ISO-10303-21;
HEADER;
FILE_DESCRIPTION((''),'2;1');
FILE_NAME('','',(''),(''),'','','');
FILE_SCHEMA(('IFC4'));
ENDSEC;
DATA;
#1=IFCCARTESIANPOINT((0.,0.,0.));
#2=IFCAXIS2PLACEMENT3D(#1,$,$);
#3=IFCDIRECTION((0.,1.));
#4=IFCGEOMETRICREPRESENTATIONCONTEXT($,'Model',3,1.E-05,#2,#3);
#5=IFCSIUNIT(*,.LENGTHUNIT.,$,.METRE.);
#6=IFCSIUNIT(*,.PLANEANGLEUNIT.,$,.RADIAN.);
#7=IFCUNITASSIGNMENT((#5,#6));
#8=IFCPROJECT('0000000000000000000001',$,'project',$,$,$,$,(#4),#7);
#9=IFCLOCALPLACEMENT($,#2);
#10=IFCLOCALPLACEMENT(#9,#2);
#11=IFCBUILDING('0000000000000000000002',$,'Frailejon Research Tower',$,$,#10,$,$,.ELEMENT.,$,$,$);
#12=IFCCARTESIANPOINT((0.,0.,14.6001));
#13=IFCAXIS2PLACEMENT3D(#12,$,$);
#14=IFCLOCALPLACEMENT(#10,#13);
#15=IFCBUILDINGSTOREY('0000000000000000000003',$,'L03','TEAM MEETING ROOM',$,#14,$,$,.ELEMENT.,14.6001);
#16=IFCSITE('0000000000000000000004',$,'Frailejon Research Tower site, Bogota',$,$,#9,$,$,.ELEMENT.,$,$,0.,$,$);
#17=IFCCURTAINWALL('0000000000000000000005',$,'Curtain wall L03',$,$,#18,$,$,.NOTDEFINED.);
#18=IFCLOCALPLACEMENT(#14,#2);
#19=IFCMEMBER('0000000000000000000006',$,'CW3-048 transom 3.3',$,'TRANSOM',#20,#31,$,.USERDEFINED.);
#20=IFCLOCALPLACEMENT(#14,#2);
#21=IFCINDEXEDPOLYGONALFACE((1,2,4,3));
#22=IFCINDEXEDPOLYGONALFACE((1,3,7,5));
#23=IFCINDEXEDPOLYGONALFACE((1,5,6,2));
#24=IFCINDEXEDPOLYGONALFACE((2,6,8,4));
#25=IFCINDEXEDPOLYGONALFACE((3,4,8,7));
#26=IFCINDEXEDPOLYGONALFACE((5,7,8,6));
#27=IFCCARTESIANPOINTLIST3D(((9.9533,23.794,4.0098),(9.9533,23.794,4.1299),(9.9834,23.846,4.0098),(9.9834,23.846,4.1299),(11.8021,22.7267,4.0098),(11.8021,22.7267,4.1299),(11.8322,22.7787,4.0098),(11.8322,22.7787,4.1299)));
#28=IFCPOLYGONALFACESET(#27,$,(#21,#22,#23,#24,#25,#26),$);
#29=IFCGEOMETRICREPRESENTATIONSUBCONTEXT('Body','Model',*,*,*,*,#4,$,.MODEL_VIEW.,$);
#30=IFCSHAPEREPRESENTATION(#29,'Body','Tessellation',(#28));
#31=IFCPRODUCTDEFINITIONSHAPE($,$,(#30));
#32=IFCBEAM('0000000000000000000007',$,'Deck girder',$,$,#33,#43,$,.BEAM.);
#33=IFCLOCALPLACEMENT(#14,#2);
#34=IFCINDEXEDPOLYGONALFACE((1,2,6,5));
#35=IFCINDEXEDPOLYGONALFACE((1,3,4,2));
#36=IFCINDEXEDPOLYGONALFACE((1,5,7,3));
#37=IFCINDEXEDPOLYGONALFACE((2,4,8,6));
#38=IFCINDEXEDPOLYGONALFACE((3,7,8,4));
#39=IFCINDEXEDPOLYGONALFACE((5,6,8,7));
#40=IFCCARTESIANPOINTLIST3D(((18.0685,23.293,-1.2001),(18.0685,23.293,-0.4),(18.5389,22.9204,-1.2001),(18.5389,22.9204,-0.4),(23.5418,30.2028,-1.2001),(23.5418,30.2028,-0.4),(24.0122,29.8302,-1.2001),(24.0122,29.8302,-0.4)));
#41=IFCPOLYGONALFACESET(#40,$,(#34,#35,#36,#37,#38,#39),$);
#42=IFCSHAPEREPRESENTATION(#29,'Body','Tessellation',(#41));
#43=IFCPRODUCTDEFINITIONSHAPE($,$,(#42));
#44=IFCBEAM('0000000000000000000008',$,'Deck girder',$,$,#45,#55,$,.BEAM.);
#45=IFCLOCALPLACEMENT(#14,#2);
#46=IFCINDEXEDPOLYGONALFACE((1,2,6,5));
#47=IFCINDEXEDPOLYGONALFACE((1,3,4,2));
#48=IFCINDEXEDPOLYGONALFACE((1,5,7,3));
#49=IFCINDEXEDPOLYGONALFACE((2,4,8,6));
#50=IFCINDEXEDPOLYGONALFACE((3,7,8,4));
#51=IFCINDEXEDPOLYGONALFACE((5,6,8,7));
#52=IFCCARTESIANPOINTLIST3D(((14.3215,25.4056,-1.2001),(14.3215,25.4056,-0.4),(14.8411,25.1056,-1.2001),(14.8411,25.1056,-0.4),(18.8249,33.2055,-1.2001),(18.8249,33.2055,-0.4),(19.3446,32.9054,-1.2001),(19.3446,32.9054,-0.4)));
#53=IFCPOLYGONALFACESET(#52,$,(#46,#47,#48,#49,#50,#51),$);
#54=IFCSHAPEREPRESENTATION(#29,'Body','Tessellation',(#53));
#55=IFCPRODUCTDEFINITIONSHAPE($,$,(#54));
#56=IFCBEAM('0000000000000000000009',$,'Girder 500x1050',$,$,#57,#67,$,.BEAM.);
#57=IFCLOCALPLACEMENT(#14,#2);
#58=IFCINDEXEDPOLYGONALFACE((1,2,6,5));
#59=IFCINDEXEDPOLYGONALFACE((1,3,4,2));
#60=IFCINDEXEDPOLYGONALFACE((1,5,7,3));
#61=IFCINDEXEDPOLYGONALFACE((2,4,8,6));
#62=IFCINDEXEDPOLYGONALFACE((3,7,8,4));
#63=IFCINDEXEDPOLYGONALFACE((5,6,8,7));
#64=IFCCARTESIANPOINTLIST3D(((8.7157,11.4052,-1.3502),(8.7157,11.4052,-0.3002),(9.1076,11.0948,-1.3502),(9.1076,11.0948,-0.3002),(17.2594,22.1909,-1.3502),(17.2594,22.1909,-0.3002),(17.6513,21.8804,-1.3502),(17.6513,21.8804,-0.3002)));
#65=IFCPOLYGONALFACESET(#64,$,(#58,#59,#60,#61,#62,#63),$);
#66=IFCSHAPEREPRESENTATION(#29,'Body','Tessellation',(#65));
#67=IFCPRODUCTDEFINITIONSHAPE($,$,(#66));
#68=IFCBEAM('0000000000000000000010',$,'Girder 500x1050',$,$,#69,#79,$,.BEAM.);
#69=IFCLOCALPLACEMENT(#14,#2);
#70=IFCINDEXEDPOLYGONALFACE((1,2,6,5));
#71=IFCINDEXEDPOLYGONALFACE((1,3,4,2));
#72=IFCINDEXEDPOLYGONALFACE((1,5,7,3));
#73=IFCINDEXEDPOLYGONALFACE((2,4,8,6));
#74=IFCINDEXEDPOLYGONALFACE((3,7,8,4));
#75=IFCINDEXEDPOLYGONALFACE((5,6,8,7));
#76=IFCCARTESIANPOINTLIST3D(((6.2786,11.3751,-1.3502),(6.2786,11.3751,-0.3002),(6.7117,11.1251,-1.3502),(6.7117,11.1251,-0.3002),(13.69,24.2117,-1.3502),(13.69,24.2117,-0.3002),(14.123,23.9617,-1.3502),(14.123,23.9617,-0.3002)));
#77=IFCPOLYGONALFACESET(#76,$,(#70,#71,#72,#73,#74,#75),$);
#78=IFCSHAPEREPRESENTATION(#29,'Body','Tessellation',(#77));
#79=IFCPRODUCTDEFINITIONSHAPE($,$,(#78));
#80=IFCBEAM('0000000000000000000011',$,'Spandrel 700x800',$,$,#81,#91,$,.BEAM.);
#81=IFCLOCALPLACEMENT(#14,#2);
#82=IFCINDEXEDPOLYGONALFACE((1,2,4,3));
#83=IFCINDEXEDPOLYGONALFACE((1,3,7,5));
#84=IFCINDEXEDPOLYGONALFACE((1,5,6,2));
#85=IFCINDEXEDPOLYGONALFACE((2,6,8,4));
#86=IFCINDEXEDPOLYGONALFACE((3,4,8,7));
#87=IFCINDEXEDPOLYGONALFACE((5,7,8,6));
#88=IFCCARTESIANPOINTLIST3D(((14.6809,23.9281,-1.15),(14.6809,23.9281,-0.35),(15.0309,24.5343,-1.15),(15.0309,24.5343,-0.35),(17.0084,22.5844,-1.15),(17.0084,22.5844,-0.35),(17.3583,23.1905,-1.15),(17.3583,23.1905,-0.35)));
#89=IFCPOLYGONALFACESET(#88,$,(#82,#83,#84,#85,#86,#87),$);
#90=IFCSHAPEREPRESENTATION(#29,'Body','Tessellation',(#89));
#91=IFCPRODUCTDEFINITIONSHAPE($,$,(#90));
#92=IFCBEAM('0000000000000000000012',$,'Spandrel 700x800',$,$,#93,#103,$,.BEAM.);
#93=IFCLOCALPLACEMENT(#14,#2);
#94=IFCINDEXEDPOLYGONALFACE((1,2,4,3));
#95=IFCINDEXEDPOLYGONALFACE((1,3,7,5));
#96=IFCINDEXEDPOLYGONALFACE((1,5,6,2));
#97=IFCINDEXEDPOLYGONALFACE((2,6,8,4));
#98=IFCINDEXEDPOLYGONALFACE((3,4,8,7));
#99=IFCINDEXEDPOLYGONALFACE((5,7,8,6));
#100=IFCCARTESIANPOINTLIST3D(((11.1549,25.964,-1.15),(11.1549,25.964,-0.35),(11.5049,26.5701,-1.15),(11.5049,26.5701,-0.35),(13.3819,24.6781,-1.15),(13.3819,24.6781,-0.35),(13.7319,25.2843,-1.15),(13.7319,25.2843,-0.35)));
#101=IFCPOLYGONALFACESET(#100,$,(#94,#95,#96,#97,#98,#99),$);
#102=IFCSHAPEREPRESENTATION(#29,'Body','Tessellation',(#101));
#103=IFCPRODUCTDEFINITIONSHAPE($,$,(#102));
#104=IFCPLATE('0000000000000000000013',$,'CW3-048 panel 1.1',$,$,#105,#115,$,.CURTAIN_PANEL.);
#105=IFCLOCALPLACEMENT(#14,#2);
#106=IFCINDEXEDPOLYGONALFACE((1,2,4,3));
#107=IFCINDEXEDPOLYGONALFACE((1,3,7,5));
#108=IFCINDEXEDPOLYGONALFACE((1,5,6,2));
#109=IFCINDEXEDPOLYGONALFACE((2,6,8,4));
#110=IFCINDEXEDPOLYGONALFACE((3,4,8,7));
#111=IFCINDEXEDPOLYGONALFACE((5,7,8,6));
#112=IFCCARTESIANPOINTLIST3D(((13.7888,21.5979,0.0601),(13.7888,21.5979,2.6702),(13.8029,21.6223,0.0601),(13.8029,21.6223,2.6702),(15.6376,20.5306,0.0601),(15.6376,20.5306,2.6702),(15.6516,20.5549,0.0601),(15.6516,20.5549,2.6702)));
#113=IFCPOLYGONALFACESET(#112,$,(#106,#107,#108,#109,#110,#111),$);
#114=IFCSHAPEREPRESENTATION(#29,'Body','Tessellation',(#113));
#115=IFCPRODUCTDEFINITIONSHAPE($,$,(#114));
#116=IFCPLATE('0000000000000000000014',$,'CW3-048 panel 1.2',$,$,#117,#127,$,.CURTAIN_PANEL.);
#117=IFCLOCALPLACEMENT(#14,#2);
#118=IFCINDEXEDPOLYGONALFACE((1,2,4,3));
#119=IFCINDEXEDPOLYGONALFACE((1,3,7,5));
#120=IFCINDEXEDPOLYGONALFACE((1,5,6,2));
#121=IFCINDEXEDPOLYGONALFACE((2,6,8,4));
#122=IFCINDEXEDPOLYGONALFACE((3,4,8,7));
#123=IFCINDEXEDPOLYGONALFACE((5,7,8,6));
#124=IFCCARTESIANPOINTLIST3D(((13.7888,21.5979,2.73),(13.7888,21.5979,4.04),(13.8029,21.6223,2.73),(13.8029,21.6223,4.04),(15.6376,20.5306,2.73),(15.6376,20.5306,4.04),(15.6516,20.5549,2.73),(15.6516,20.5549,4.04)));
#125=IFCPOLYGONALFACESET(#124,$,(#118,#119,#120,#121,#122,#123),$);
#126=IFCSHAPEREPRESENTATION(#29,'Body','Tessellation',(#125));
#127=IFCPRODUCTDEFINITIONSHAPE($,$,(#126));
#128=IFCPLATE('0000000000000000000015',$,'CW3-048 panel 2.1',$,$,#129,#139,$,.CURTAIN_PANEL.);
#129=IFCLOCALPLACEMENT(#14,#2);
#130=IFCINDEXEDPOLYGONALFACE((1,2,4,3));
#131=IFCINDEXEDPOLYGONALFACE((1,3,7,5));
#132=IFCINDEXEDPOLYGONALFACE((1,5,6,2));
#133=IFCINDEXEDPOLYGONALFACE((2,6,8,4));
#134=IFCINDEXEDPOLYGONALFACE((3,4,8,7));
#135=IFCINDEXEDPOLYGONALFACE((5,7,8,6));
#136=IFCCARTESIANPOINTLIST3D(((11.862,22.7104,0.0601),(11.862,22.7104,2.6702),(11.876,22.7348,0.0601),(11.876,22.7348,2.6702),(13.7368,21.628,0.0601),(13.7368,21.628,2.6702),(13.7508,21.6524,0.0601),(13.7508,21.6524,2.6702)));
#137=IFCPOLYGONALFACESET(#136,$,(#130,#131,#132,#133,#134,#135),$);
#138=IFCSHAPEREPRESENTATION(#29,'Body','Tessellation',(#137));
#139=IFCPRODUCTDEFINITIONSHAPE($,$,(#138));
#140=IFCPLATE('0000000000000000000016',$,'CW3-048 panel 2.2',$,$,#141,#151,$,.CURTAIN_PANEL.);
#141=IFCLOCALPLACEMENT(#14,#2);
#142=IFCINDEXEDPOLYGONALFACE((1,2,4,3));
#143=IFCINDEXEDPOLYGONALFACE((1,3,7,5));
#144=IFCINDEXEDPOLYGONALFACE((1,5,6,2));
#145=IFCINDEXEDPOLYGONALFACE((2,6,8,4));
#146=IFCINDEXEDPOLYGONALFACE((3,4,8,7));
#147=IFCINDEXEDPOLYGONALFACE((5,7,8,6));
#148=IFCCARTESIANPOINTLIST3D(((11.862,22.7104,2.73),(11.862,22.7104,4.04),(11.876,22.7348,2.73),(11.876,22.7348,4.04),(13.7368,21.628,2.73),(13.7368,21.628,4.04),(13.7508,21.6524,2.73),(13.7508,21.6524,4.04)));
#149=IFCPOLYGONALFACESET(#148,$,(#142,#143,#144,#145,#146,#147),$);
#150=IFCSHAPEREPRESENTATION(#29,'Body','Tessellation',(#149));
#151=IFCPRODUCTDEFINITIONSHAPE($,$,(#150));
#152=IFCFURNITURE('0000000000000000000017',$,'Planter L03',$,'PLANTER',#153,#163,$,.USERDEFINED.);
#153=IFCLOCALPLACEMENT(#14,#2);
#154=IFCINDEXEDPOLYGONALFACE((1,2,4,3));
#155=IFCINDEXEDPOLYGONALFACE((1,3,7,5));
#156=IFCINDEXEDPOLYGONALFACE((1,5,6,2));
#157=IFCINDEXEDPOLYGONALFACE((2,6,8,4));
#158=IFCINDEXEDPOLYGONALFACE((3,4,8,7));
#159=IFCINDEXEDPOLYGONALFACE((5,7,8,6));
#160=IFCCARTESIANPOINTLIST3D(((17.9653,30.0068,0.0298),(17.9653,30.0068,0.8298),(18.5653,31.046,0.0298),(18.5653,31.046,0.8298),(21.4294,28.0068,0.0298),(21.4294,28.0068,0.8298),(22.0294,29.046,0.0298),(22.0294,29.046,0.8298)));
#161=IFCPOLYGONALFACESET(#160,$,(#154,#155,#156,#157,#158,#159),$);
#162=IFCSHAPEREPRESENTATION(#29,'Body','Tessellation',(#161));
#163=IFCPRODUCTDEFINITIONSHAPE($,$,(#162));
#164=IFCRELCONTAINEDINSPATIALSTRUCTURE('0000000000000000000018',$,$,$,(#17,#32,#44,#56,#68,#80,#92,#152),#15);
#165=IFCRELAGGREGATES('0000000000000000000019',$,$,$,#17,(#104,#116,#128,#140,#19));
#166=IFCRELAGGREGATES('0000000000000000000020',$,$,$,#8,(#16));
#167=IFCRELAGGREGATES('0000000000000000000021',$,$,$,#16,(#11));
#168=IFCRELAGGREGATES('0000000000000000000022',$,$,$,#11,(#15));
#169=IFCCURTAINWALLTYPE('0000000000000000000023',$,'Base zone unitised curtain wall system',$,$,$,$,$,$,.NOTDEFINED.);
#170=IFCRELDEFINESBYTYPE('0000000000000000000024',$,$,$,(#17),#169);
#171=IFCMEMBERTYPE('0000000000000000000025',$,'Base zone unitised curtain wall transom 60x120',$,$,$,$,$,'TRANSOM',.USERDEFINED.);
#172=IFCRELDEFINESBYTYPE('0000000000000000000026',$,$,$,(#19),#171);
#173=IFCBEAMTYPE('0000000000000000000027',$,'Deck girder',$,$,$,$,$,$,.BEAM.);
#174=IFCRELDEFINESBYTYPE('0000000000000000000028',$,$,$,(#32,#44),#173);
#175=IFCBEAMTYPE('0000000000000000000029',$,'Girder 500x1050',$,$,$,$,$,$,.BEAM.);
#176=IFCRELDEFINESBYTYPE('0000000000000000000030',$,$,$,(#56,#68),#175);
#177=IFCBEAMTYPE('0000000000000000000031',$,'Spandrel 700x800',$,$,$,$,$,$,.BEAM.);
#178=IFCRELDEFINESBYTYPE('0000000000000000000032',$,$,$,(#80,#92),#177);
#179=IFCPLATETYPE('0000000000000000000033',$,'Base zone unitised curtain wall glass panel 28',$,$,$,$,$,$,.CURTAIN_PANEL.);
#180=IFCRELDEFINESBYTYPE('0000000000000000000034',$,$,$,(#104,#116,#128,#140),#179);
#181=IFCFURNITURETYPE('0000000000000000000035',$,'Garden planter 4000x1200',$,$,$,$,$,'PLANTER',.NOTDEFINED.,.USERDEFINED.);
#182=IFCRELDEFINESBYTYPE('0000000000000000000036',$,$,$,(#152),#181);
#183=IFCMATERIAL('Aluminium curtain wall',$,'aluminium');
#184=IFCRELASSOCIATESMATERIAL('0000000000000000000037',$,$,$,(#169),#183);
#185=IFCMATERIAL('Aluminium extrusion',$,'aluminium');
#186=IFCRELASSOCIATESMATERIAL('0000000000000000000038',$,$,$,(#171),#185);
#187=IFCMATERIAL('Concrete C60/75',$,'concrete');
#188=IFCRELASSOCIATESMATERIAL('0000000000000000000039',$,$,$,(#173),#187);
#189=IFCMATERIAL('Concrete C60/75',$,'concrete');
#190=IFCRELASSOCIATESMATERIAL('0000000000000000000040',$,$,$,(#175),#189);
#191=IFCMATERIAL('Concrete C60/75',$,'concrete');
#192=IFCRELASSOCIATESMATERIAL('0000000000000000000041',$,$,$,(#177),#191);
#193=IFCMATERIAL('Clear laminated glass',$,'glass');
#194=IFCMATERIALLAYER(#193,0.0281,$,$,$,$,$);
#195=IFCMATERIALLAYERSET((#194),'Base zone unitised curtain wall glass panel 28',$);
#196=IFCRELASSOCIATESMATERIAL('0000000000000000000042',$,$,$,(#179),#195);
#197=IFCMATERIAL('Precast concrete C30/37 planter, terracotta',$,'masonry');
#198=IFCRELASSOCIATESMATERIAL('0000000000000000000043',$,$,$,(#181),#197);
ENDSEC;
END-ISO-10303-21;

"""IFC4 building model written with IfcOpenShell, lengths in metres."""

from ifc_helpers import new_model, si_unit, direction, frame, origin, origin_2d, place, context, subcontext, project, spatial, rectangle, extrude, material, layer, layer_set, material_profile, profile_set, type_object, element, aggregate, save


model = new_model("IFC4")

# Units and contexts
model_context = context("Model", 3, precision=1e-05, world=origin(), true_north=direction((0.0, 1.0)))
body_context = subcontext(model_context, "Body", "Model", "MODEL_VIEW")
ifc_project = project(units=[si_unit("LENGTHUNIT", "METRE"), si_unit("PLANEANGLEUNIT", "RADIAN")], contexts=[model_context])

# Site, building, storey
site_placement = place(None, origin())
site = spatial("IfcSite", under=ifc_project, at=site_placement, Name="Frailejon Research Tower site, Bogota", CompositionType="ELEMENT", RefElevation=0.0)
building_placement = place(site_placement, origin())
building = spatial("IfcBuilding", under=site, at=building_placement, Name="Frailejon Research Tower", CompositionType="ELEMENT")
storey_placement = place(building_placement, frame((0.0, 0.0, 14.6001)))
storey = spatial("IfcBuildingStorey", under=building, at=storey_placement, Name="L03", Description="TEAM MEETING ROOM", CompositionType="ELEMENT", Elevation=14.6001)

# Curtain wall, member
ifc_material_1 = material(Name="Aluminium curtain wall", Category="aluminium")
curtain_wall_type = type_object("IfcCurtainWallType", Name="Base zone unitised curtain wall system", PredefinedType="NOTDEFINED", material=ifc_material_1)
curtain_wall_placement = place(storey_placement, origin())
curtain_wall = element("IfcCurtainWall", 1, at=curtain_wall_placement, inside=storey, type_object=curtain_wall_type, Name="Curtain wall L03", PredefinedType="NOTDEFINED")
ifc_material_2 = material(Name="Aluminium extrusion", Category="aluminium")
ifc_material_profile_1 = material_profile(ifc_material_2, rectangle(XDim=0.0601, YDim=0.1201, at=origin_2d()), Name="Base zone unitised curtain wall transom 60x120")
ifc_profile_set_1 = profile_set([ifc_material_profile_1], Name="Aluminium extrusion")
member_type_1 = type_object("IfcMemberType", Name="Base zone unitised curtain wall transom 60x120", ElementType="TRANSOM", PredefinedType="USERDEFINED", material=ifc_profile_set_1)
member_1_placement = place(storey_placement, frame((11.8171, 22.7527, 4.0698), z_axis=(-0.866039, 0.499977, 0.0), x_axis=(-0.499977, -0.866039, 0.0)))
member_1 = element("IfcMember", 2, at=member_1_placement, type_object=member_type_1, Name="CW3-048 transom 3.3", ObjectType="TRANSOM", PredefinedType="USERDEFINED", context=body_context, shape_type="SweptSolid", body=[
    extrude(rectangle(XDim=0.0601, YDim=0.1201, at=origin_2d()), origin(), (0.0, 0.0, 1.0), 2.1348),
])

# Beams
ifc_material_3 = material(Name="Concrete C60/75", Category="concrete")
ifc_material_profile_2 = material_profile(ifc_material_3, rectangle(XDim=0.6001, YDim=0.8, at=origin_2d()), Name="Deck girder")
ifc_profile_set_2 = profile_set([ifc_material_profile_2], Name="Concrete C60/75")
beam_type_1 = type_object("IfcBeamType", Name="Deck girder", PredefinedType="BEAM", material=ifc_profile_set_2)
beam_1_placement = place(storey_placement, frame((18.3037, 23.1067, -0.8), z_axis=(0.620915, 0.783878, 0.0), x_axis=(-0.783878, 0.620915, 0.0)))
element("IfcBeam", 3, at=beam_1_placement, inside=storey, type_object=beam_type_1, Name="Deck girder", PredefinedType="BEAM", context=body_context, shape_type="SweptSolid", body=[
    extrude(rectangle(XDim=0.6001, YDim=0.8, at=origin_2d()), origin(), (0.0, 0.0, 1.0), 8.8149),
])
beam_2_placement = place(storey_placement, frame((14.5813, 25.2556, -0.8), z_axis=(0.500017, 0.866016, 0.0), x_axis=(-0.866016, 0.500017, 0.0)))
element("IfcBeam", 4, at=beam_2_placement, inside=storey, type_object=beam_type_1, Name="Deck girder", PredefinedType="BEAM", context=body_context, shape_type="SweptSolid", body=[
    extrude(rectangle(XDim=0.6001, YDim=0.8, at=origin_2d()), origin(), (0.0, 0.0, 1.0), 9.0066),
])
ifc_material_4 = material(Name="Concrete C60/75", Category="concrete")
ifc_material_profile_3 = material_profile(ifc_material_4, rectangle(XDim=0.5, YDim=1.05, at=origin_2d()), Name="Girder 500x1050")
ifc_profile_set_3 = profile_set([ifc_material_profile_3], Name="Concrete C60/75")
beam_type_2 = type_object("IfcBeamType", Name="Girder 500x1050", PredefinedType="BEAM", material=ifc_profile_set_3)
beam_3_placement = place(storey_placement, frame((17.4553, 22.0356, -0.8252), z_axis=(-0.620929, -0.783867, 0.0), x_axis=(0.783867, -0.620929, 0.0)))
element("IfcBeam", 5, at=beam_3_placement, inside=storey, type_object=beam_type_2, Name="Girder 500x1050", PredefinedType="BEAM", context=body_context, shape_type="SweptSolid", body=[
    extrude(rectangle(XDim=0.5, YDim=1.05, at=origin_2d()), origin(), (0.0, 0.0, 1.0), 13.7595),
])
beam_4_placement = place(storey_placement, frame((13.9065, 24.0867, -0.8252), z_axis=(-0.500006, -0.866022, 0.0), x_axis=(0.866022, -0.500006, 0.0)))
element("IfcBeam", 6, at=beam_4_placement, inside=storey, type_object=beam_type_2, Name="Girder 500x1050", PredefinedType="BEAM", context=body_context, shape_type="SweptSolid", body=[
    extrude(rectangle(XDim=0.5, YDim=1.05, at=origin_2d()), origin(), (0.0, 0.0, 1.0), 14.8225),
])
ifc_material_5 = material(Name="Concrete C60/75", Category="concrete")
ifc_material_profile_4 = material_profile(ifc_material_5, rectangle(XDim=0.7, YDim=0.8, at=origin_2d()), Name="Spandrel 700x800")
ifc_profile_set_4 = profile_set([ifc_material_profile_4], Name="Concrete C60/75")
beam_type_3 = type_object("IfcBeamType", Name="Spandrel 700x800", PredefinedType="BEAM", material=ifc_profile_set_4)
beam_5_placement = place(storey_placement, frame((17.1833, 22.8875, -0.75), z_axis=(-0.866021, 0.500008, 0.0), x_axis=(-0.500008, -0.866021, 0.0)))
element("IfcBeam", 7, at=beam_5_placement, inside=storey, type_object=beam_type_3, Name="Spandrel 700x800", PredefinedType="BEAM", context=body_context, shape_type="SweptSolid", body=[
    extrude(rectangle(XDim=0.7, YDim=0.8, at=origin_2d()), origin(), (0.0, 0.0, 1.0), 2.6875),
])
beam_6_placement = place(storey_placement, frame((13.5569, 24.9812, -0.75), z_axis=(-0.866009, 0.500029, 0.0), x_axis=(-0.500029, -0.866009, 0.0)))
element("IfcBeam", 8, at=beam_6_placement, inside=storey, type_object=beam_type_3, Name="Spandrel 700x800", PredefinedType="BEAM", context=body_context, shape_type="SweptSolid", body=[
    extrude(rectangle(XDim=0.7, YDim=0.8, at=origin_2d()), origin(), (0.0, 0.0, 1.0), 2.5715),
])

# Plates
ifc_material_6 = material(Name="Clear laminated glass", Category="glass")
ifc_layer = layer(ifc_material_6, 0.0281)
ifc_layer_set = layer_set([ifc_layer], Name="Base zone unitised curtain wall glass panel 28")
plate_type = type_object("IfcPlateType", Name="Base zone unitised curtain wall glass panel 28", PredefinedType="CURTAIN_PANEL", material=ifc_layer_set)
plate_1_placement = place(storey_placement, frame((14.7202, 21.0764, 0.0601), z_axis=(0.0, 0.0, 1.0), x_axis=(-0.866026, 0.499998, 0.0)))
plate_1 = element("IfcPlate", 9, at=plate_1_placement, type_object=plate_type, Name="CW3-048 panel 1.1", PredefinedType="CURTAIN_PANEL", context=body_context, shape_type="SweptSolid", body=[
    extrude(rectangle(XDim=2.1348, YDim=0.0281, at=origin_2d()), origin(), (0.0, 0.0, 1.0), 2.6101),
])
plate_2_placement = place(storey_placement, frame((14.7202, 21.0764, 2.73), z_axis=(0.0, 0.0, 1.0), x_axis=(-0.866026, 0.499998, 0.0)))
plate_2 = element("IfcPlate", 10, at=plate_2_placement, type_object=plate_type, Name="CW3-048 panel 1.2", PredefinedType="CURTAIN_PANEL", context=body_context, shape_type="SweptSolid", body=[
    extrude(rectangle(XDim=2.1348, YDim=0.0281, at=origin_2d()), origin(), (0.0, 0.0, 1.0), 1.3101),
])
plate_3_placement = place(storey_placement, frame((12.8064, 22.1814, 0.0601), z_axis=(0.0, 0.0, 1.0), x_axis=(-0.866026, 0.499998, 0.0)))
plate_3 = element("IfcPlate", 11, at=plate_3_placement, type_object=plate_type, Name="CW3-048 panel 2.1", PredefinedType="CURTAIN_PANEL", context=body_context, shape_type="SweptSolid", body=[
    extrude(rectangle(XDim=2.1648, YDim=0.0281, at=origin_2d()), origin(), (0.0, 0.0, 1.0), 2.6101),
])
plate_4_placement = place(storey_placement, frame((12.8064, 22.1814, 2.73), z_axis=(0.0, 0.0, 1.0), x_axis=(-0.866026, 0.499998, 0.0)))
plate_4 = element("IfcPlate", 12, at=plate_4_placement, type_object=plate_type, Name="CW3-048 panel 2.2", PredefinedType="CURTAIN_PANEL", context=body_context, shape_type="SweptSolid", body=[
    extrude(rectangle(XDim=2.1648, YDim=0.0281, at=origin_2d()), origin(), (0.0, 0.0, 1.0), 1.3101),
])
aggregate(curtain_wall, [plate_1, plate_2, plate_3, plate_4, member_1])

# Furniture
ifc_material_7 = material(Name="Precast concrete C30/37 planter, terracotta", Category="masonry")
furniture_type = type_object("IfcFurnitureType", Name="Garden planter 4000x1200", ElementType="PLANTER", AssemblyPlace="NOTDEFINED", PredefinedType="USERDEFINED", material=ifc_material_7)
furniture_placement = place(storey_placement, frame((19.9973, 29.5264, 0.0298), z_axis=(0.0, 0.0, 1.0), x_axis=(-0.866025, 0.5, 0.0)))
element("IfcFurniture", 13, at=furniture_placement, inside=storey, type_object=furniture_type, Name="Planter L03", ObjectType="PLANTER", PredefinedType="USERDEFINED", context=body_context, shape_type="SweptSolid", body=[
    extrude(rectangle(XDim=4.0, YDim=1.2, at=origin_2d()), origin(), (0.0, 0.0, 1.0), 0.8),
])

save(model, "model.ifc")
